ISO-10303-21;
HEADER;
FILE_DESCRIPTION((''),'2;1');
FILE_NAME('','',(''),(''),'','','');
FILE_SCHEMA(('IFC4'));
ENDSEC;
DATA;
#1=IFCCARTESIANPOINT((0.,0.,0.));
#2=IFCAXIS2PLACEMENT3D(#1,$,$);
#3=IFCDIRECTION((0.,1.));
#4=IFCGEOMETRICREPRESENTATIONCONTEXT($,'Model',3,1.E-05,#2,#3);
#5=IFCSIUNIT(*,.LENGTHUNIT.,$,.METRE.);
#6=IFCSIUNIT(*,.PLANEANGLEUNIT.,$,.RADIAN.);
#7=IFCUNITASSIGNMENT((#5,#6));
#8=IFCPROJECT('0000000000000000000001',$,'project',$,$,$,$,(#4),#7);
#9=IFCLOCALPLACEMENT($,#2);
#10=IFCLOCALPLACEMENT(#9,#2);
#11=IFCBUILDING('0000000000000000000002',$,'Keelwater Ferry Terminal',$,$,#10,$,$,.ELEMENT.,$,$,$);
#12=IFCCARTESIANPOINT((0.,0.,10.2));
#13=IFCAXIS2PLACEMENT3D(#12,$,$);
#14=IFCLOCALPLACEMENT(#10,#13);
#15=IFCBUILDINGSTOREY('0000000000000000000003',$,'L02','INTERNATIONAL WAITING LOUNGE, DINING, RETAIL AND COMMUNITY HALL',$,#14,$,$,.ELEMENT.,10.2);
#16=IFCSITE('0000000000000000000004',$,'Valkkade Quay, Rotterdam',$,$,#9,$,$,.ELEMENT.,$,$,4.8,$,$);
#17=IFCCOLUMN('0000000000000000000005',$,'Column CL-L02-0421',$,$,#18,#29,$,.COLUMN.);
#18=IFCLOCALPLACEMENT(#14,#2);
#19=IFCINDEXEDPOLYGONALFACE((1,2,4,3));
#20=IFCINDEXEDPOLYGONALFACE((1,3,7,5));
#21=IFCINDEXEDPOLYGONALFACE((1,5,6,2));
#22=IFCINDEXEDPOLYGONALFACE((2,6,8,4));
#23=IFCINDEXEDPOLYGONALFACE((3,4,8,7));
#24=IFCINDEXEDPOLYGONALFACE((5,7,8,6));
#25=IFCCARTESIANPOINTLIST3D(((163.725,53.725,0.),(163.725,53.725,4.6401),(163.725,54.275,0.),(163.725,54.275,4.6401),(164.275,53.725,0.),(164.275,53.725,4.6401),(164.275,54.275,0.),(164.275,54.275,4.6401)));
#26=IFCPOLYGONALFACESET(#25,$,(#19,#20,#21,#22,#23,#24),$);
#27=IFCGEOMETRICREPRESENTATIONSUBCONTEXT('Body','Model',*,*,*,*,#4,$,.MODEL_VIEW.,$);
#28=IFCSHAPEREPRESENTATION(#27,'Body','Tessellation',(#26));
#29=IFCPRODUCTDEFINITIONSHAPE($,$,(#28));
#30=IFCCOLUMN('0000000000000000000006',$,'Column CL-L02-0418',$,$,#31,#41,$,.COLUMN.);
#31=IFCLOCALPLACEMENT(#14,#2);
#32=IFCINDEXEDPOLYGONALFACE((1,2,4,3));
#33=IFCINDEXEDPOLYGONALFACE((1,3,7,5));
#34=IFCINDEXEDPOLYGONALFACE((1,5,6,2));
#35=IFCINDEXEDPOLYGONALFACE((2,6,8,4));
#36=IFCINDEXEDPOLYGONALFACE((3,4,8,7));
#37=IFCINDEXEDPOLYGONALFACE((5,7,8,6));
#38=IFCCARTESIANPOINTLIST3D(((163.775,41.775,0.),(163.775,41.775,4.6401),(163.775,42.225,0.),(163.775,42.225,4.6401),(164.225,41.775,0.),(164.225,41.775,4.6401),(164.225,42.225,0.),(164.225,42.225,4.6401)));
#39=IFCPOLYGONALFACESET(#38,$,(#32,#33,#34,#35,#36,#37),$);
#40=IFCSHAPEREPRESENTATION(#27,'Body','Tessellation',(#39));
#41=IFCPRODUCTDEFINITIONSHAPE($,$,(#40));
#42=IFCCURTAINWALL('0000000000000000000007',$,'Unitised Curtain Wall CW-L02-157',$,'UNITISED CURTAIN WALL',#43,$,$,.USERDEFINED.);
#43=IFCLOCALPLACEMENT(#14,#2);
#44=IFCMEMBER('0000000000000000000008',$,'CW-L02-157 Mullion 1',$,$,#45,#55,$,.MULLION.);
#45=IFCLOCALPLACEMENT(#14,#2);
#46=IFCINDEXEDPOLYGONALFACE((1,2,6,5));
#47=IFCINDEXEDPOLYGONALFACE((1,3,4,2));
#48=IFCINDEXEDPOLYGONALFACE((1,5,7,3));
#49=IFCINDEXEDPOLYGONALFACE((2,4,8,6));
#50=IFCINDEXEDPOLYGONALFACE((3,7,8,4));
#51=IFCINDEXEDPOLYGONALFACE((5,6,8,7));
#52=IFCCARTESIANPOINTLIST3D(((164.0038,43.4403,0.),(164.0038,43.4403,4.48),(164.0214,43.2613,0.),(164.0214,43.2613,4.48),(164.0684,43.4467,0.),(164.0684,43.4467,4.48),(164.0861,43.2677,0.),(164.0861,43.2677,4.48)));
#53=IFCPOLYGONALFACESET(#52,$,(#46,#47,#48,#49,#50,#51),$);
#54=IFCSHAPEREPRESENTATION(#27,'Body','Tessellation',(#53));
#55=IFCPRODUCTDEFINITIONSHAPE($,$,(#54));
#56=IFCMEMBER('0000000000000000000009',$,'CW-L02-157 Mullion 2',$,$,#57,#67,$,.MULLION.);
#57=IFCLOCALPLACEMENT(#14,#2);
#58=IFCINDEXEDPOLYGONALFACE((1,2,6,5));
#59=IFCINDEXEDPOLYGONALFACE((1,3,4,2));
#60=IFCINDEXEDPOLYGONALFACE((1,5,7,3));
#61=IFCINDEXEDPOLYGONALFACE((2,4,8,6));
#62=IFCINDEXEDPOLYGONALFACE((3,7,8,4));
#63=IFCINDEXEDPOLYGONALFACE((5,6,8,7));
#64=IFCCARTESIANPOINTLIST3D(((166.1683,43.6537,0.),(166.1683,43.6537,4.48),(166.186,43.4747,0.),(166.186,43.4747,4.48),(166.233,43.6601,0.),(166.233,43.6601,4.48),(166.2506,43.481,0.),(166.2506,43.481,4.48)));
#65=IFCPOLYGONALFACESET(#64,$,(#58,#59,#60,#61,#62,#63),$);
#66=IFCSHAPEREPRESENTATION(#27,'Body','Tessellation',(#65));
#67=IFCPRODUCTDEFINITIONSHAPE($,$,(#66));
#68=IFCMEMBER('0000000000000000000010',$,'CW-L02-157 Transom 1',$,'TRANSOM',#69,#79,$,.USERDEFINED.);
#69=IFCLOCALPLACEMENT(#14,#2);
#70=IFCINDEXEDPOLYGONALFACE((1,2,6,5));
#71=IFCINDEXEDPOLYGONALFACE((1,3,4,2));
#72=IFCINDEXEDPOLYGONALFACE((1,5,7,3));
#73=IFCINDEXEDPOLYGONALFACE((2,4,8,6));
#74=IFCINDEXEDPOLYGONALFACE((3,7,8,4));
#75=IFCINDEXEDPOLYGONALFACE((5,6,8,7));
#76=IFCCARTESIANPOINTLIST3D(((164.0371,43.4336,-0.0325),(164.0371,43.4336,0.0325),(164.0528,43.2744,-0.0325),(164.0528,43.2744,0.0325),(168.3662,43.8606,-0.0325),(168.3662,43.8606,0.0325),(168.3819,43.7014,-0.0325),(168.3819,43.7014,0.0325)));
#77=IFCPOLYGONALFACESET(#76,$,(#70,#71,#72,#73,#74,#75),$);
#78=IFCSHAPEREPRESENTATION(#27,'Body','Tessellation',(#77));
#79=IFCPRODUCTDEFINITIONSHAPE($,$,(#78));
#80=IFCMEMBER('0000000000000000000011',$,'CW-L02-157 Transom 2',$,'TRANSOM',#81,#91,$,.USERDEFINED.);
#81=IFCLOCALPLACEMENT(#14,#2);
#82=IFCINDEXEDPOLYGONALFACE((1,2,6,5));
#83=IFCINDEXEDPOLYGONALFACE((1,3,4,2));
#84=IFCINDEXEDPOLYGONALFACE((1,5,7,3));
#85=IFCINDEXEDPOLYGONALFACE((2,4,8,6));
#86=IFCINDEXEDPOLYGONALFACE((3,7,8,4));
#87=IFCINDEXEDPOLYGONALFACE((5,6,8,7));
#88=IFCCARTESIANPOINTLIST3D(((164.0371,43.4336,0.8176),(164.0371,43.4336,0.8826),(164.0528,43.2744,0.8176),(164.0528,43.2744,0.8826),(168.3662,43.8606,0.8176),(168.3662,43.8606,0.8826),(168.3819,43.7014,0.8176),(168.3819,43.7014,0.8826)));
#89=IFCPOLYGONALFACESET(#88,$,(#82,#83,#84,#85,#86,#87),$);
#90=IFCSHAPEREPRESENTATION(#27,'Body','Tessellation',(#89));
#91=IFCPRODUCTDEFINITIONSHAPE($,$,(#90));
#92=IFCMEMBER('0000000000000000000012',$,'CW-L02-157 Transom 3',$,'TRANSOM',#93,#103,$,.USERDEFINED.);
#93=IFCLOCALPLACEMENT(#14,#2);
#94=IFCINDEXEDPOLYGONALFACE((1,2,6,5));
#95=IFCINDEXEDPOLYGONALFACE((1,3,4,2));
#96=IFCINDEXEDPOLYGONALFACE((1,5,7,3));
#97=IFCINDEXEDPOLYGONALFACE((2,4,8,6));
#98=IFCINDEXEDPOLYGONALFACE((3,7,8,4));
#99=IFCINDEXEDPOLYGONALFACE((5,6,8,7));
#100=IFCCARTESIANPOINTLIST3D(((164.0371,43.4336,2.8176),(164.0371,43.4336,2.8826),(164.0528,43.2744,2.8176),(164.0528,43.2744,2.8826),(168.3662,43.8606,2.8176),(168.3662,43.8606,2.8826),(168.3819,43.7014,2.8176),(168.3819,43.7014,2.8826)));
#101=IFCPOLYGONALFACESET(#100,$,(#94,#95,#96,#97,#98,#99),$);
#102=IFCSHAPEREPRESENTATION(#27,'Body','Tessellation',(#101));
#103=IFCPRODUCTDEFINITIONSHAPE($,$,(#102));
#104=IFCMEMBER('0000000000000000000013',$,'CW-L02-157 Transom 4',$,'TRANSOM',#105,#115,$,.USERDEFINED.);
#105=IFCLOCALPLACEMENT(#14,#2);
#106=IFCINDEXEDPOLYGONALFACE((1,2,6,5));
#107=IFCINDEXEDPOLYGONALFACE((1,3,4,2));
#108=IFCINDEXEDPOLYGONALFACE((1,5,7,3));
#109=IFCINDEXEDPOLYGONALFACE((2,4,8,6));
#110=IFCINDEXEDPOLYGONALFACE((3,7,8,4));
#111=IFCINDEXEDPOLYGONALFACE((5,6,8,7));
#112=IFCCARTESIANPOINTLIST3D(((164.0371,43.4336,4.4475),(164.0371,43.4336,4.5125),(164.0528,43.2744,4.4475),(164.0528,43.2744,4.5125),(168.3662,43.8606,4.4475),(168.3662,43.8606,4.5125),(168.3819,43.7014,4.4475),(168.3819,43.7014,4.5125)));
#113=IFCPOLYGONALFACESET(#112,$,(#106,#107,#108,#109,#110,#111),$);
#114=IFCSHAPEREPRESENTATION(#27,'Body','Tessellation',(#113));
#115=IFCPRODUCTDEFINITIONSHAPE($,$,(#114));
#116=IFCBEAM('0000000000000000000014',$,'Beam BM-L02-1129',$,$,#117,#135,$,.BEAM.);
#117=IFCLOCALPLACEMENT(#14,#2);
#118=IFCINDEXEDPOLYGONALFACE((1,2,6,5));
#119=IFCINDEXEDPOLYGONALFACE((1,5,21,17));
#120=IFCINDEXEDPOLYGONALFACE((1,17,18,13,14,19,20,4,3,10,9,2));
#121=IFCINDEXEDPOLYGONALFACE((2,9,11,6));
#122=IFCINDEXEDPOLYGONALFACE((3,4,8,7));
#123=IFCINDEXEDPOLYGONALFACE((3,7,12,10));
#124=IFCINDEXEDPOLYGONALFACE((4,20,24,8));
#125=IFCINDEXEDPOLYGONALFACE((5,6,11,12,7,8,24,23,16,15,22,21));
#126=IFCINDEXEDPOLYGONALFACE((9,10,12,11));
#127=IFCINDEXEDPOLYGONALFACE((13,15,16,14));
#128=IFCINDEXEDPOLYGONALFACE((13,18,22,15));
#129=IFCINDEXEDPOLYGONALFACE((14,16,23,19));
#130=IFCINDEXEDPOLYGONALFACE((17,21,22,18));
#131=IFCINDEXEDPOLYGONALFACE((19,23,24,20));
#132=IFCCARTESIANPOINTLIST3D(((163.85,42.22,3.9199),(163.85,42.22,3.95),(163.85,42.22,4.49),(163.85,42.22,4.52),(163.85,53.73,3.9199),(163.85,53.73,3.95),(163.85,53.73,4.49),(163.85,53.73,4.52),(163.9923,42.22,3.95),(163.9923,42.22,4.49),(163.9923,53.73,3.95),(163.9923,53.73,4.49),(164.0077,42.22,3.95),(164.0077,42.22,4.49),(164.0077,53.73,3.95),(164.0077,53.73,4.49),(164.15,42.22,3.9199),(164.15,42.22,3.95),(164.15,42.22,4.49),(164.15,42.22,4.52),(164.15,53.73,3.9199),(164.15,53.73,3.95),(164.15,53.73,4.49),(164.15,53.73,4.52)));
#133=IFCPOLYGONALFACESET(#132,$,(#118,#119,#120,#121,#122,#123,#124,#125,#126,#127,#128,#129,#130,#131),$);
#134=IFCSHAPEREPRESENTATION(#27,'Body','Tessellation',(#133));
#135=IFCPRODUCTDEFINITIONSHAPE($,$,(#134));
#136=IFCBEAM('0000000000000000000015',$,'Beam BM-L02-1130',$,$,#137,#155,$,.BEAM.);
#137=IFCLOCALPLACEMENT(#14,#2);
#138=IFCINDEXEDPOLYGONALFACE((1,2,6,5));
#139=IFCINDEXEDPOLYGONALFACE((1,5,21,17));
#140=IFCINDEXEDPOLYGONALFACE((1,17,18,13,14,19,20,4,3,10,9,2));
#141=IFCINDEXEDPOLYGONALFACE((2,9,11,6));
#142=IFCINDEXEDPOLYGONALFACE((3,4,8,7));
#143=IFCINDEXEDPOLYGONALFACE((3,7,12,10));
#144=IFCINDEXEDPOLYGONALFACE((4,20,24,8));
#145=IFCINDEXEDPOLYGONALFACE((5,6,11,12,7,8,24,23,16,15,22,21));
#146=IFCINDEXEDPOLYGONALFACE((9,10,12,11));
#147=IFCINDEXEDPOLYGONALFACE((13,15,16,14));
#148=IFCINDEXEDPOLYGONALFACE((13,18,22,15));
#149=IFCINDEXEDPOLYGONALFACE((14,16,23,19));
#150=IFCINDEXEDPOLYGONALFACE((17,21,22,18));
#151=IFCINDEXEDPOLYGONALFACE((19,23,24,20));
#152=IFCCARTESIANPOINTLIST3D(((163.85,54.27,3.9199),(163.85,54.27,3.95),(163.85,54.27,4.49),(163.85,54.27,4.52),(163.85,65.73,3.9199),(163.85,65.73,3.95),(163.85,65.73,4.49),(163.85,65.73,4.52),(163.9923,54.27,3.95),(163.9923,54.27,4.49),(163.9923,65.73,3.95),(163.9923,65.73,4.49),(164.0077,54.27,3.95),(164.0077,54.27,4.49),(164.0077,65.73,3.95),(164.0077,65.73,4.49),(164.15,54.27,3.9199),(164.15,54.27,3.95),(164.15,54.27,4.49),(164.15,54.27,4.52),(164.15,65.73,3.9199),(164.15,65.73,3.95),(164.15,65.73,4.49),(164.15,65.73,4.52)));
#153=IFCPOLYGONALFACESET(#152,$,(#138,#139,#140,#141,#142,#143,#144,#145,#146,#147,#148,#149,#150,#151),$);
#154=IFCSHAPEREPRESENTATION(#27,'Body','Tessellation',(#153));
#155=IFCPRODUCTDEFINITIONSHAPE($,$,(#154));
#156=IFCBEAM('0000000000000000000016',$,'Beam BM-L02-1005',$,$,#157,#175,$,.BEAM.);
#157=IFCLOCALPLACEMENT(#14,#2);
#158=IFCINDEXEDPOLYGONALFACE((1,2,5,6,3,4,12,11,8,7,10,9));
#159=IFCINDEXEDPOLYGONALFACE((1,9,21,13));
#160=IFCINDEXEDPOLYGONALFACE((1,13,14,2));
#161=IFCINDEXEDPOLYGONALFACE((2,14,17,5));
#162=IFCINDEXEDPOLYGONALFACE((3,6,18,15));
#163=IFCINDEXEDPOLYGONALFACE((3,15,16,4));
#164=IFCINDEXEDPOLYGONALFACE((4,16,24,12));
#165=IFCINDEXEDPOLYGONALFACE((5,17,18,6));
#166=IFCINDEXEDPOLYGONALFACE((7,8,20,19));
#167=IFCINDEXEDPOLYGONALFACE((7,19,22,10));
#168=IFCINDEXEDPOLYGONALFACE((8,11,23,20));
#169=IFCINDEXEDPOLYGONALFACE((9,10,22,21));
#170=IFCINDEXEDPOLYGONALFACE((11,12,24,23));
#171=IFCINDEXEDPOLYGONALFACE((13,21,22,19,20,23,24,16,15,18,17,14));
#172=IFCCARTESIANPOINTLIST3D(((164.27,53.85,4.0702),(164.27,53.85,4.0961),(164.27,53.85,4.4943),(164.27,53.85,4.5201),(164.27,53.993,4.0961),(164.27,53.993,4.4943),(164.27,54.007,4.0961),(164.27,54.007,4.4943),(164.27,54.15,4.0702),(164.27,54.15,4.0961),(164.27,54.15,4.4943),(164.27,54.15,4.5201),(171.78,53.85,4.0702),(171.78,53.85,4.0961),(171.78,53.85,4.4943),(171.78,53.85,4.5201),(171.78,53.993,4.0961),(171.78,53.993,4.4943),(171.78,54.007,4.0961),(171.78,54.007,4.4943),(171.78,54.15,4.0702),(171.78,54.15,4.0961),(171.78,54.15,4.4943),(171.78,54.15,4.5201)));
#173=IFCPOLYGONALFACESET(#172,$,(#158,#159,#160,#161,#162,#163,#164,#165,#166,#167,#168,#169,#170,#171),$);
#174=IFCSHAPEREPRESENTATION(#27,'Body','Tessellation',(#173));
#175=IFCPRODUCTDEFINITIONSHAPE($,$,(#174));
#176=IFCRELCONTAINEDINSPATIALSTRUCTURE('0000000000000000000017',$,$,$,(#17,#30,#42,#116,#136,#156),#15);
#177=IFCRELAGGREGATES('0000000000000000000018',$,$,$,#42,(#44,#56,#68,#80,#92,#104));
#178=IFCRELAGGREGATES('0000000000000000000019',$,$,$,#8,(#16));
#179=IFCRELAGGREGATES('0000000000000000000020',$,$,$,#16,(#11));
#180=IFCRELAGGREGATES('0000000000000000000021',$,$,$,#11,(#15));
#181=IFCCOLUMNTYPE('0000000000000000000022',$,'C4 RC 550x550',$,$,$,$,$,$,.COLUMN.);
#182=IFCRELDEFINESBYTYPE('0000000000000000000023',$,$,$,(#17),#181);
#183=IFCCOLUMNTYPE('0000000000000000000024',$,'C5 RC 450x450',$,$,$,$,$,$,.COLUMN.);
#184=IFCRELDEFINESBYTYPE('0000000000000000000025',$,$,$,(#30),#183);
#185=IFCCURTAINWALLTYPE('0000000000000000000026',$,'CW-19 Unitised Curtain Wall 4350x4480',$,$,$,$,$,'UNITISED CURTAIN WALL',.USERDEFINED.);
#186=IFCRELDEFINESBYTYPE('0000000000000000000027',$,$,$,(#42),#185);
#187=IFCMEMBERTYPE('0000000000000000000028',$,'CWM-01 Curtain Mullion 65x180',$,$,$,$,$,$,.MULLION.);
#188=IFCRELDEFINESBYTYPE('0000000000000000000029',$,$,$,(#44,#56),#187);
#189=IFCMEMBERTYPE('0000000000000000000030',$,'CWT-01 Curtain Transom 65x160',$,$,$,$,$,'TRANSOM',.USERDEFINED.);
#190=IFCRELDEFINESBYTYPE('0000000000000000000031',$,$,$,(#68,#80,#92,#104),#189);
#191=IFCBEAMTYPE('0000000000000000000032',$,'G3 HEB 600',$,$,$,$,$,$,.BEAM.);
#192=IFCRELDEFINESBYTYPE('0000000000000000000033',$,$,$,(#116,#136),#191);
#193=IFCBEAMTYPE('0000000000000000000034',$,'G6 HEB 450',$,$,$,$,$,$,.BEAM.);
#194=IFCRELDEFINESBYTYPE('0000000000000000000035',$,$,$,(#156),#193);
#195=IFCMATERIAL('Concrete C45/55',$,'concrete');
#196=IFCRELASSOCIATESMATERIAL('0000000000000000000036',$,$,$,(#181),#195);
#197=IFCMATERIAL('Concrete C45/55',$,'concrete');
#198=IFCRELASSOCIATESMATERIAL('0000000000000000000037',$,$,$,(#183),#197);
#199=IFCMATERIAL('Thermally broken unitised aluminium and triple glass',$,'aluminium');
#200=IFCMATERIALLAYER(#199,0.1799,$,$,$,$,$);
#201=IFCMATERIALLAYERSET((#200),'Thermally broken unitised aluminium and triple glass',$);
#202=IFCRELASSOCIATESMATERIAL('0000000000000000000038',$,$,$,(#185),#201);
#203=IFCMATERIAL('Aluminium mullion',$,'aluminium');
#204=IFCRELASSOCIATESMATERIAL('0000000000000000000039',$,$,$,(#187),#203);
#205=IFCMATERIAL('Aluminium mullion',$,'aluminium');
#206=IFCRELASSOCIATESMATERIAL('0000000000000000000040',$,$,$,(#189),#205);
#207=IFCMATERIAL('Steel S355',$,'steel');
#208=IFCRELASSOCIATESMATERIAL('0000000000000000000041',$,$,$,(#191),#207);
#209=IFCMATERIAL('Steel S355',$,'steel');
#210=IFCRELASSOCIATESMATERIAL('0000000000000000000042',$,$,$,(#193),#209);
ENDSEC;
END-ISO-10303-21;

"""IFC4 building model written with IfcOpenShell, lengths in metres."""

from ifc_helpers import new_model, si_unit, direction, frame, origin, origin_2d, place, context, subcontext, project, spatial, rectangle, i_section, extrude, material, layer, layer_set, material_profile, profile_set, type_object, element, aggregate, save


model = new_model("IFC4")

# Units and contexts
model_context = context("Model", 3, precision=1e-05, world=origin(), true_north=direction((0.0, 1.0)))
body_context = subcontext(model_context, "Body", "Model", "MODEL_VIEW")
ifc_project = project(units=[si_unit("LENGTHUNIT", "METRE"), si_unit("PLANEANGLEUNIT", "RADIAN")], contexts=[model_context])

# Site, building, storey
site_placement = place(None, origin())
site = spatial("IfcSite", under=ifc_project, at=site_placement, Name="Valkkade Quay, Rotterdam", CompositionType="ELEMENT", RefElevation=4.8)
building_placement = place(site_placement, origin())
building = spatial("IfcBuilding", under=site, at=building_placement, Name="Keelwater Ferry Terminal", CompositionType="ELEMENT")
storey_placement = place(building_placement, frame((0.0, 0.0, 10.2)))
storey = spatial("IfcBuildingStorey", under=building, at=storey_placement, Name="L02", Description="INTERNATIONAL WAITING LOUNGE, DINING, RETAIL AND COMMUNITY HALL", CompositionType="ELEMENT", Elevation=10.2)

# Columns
ifc_material_1 = material(Name="Concrete C45/55", Category="concrete")
ifc_material_profile_1 = material_profile(ifc_material_1, rectangle(XDim=0.55, YDim=0.55, at=origin_2d()), Name="RC 550x550")
ifc_profile_set_1 = profile_set([ifc_material_profile_1], Name="Concrete C45/55")
column_type_1 = type_object("IfcColumnType", Name="C4 RC 550x550", PredefinedType="COLUMN", material=ifc_profile_set_1)
column_1_placement = place(storey_placement, frame((164.0, 54.0, 0.0), z_axis=(0.0, 0.0, 1.0), x_axis=(1.0, 0.0, 0.0)))
element("IfcColumn", 1, at=column_1_placement, inside=storey, type_object=column_type_1, Name="Column CL-L02-0421", PredefinedType="COLUMN", context=body_context, shape_type="SweptSolid", body=[
    extrude(rectangle(XDim=0.55, YDim=0.55, at=origin_2d()), origin(), (0.0, 0.0, 1.0), 4.6401),
])
ifc_material_2 = material(Name="Concrete C45/55", Category="concrete")
ifc_material_profile_2 = material_profile(ifc_material_2, rectangle(XDim=0.45, YDim=0.45, at=origin_2d()), Name="RC 450x450")
ifc_profile_set_2 = profile_set([ifc_material_profile_2], Name="Concrete C45/55")
column_type_2 = type_object("IfcColumnType", Name="C5 RC 450x450", PredefinedType="COLUMN", material=ifc_profile_set_2)
column_2_placement = place(storey_placement, frame((164.0, 42.0, 0.0), z_axis=(0.0, 0.0, 1.0), x_axis=(1.0, 0.0, 0.0)))
element("IfcColumn", 2, at=column_2_placement, inside=storey, type_object=column_type_2, Name="Column CL-L02-0418", PredefinedType="COLUMN", context=body_context, shape_type="SweptSolid", body=[
    extrude(rectangle(XDim=0.45, YDim=0.45, at=origin_2d()), origin(), (0.0, 0.0, 1.0), 4.6401),
])

# Curtain wall, members
ifc_material_3 = material(Name="Thermally broken unitised aluminium and triple glass", Category="aluminium")
ifc_layer_1 = layer(ifc_material_3, 0.1799)
ifc_layer_set_1 = layer_set([ifc_layer_1], Name="Thermally broken unitised aluminium and triple glass")
curtain_wall_type = type_object("IfcCurtainWallType", Name="CW-19 Unitised Curtain Wall 4350x4480", ElementType="UNITISED CURTAIN WALL", PredefinedType="USERDEFINED", material=ifc_layer_set_1)
curtain_wall_placement = place(storey_placement, origin())
curtain_wall = element("IfcCurtainWall", 3, at=curtain_wall_placement, inside=storey, type_object=curtain_wall_type, Name="Unitised Curtain Wall CW-L02-157", ObjectType="UNITISED CURTAIN WALL", PredefinedType="USERDEFINED")
ifc_material_4 = material(Name="Aluminium mullion", Category="aluminium")
ifc_material_profile_3 = material_profile(ifc_material_4, rectangle(XDim=0.0649, YDim=0.1799, at=origin_2d()), Name="CWM-01")
ifc_profile_set_3 = profile_set([ifc_material_profile_3], Name="Aluminium mullion")
member_type_1 = type_object("IfcMemberType", Name="CWM-01 Curtain Mullion 65x180", PredefinedType="MULLION", material=ifc_profile_set_3)
member_1_placement = place(storey_placement, frame((164.0449, 43.354, 0.0), z_axis=(0.0, 0.0, 1.0), x_axis=(0.995171, 0.098161, 0.0)))
member_1 = element("IfcMember", 4, at=member_1_placement, type_object=member_type_1, Name="CW-L02-157 Mullion 1", PredefinedType="MULLION", context=body_context, shape_type="SweptSolid", body=[
    extrude(rectangle(XDim=0.0649, YDim=0.1799, at=origin_2d()), origin(), (0.0, 0.0, 1.0), 4.48),
])
member_2_placement = place(storey_placement, frame((166.2095, 43.5674, 0.0), z_axis=(0.0, 0.0, 1.0), x_axis=(0.995171, 0.098161, 0.0)))
member_2 = element("IfcMember", 5, at=member_2_placement, type_object=member_type_1, Name="CW-L02-157 Mullion 2", PredefinedType="MULLION", context=body_context, shape_type="SweptSolid", body=[
    extrude(rectangle(XDim=0.0649, YDim=0.1799, at=origin_2d()), origin(), (0.0, 0.0, 1.0), 4.48),
])
ifc_material_5 = material(Name="Aluminium mullion", Category="aluminium")
ifc_material_profile_4 = material_profile(ifc_material_5, rectangle(XDim=0.1599, YDim=0.0649, at=origin_2d()), Name="CWT-01")
ifc_profile_set_4 = profile_set([ifc_material_profile_4], Name="Aluminium mullion")
member_type_2 = type_object("IfcMemberType", Name="CWT-01 Curtain Transom 65x160", ElementType="TRANSOM", PredefinedType="USERDEFINED", material=ifc_profile_set_4)
member_3_placement = place(storey_placement, frame((164.0449, 43.354, 0.0), z_axis=(0.995171, 0.098159, 0.0), x_axis=(-0.098159, 0.995171, 0.0)))
member_3 = element("IfcMember", 6, at=member_3_placement, type_object=member_type_2, Name="CW-L02-157 Transom 1", ObjectType="TRANSOM", PredefinedType="USERDEFINED", context=body_context, shape_type="SweptSolid", body=[
    extrude(rectangle(XDim=0.1599, YDim=0.0649, at=origin_2d()), origin(), (0.0, 0.0, 1.0), 4.3501),
])
member_4_placement = place(storey_placement, frame((164.0449, 43.354, 0.8501), z_axis=(0.995171, 0.098159, 0.0), x_axis=(-0.098159, 0.995171, 0.0)))
member_4 = element("IfcMember", 7, at=member_4_placement, type_object=member_type_2, Name="CW-L02-157 Transom 2", ObjectType="TRANSOM", PredefinedType="USERDEFINED", context=body_context, shape_type="SweptSolid", body=[
    extrude(rectangle(XDim=0.1599, YDim=0.0649, at=origin_2d()), origin(), (0.0, 0.0, 1.0), 4.3501),
])
member_5_placement = place(storey_placement, frame((164.0449, 43.354, 2.8501), z_axis=(0.995171, 0.098159, 0.0), x_axis=(-0.098159, 0.995171, 0.0)))
member_5 = element("IfcMember", 8, at=member_5_placement, type_object=member_type_2, Name="CW-L02-157 Transom 3", ObjectType="TRANSOM", PredefinedType="USERDEFINED", context=body_context, shape_type="SweptSolid", body=[
    extrude(rectangle(XDim=0.1599, YDim=0.0649, at=origin_2d()), origin(), (0.0, 0.0, 1.0), 4.3501),
])
member_6_placement = place(storey_placement, frame((164.0449, 43.354, 4.48), z_axis=(0.995171, 0.098159, 0.0), x_axis=(-0.098159, 0.995171, 0.0)))
member_6 = element("IfcMember", 9, at=member_6_placement, type_object=member_type_2, Name="CW-L02-157 Transom 4", ObjectType="TRANSOM", PredefinedType="USERDEFINED", context=body_context, shape_type="SweptSolid", body=[
    extrude(rectangle(XDim=0.1599, YDim=0.0649, at=origin_2d()), origin(), (0.0, 0.0, 1.0), 4.3501),
])

# Beams
ifc_material_6 = material(Name="Steel S355", Category="steel")
ifc_material_profile_5 = material_profile(ifc_material_6, i_section(OverallWidth=0.3, OverallDepth=0.6001, WebThickness=0.0154, FlangeThickness=0.03, at=origin_2d()), Name="HEB 600")
ifc_profile_set_5 = profile_set([ifc_material_profile_5], Name="Steel S355")
beam_type_1 = type_object("IfcBeamType", Name="G3 HEB 600", PredefinedType="BEAM", material=ifc_profile_set_5)
beam_1_placement = place(storey_placement, frame((164.0, 42.22, 4.22), z_axis=(0.0, 1.0, 0.0), x_axis=(-1.0, 0.0, 0.0)))
element("IfcBeam", 10, at=beam_1_placement, inside=storey, type_object=beam_type_1, Name="Beam BM-L02-1129", PredefinedType="BEAM", context=body_context, shape_type="SweptSolid", body=[
    extrude(i_section(OverallWidth=0.3, OverallDepth=0.6001, WebThickness=0.0154, FlangeThickness=0.03, at=origin_2d()), origin(), (0.0, 0.0, 1.0), 11.51),
])
beam_2_placement = place(storey_placement, frame((164.0, 54.27, 4.22), z_axis=(0.0, 1.0, 0.0), x_axis=(-1.0, 0.0, 0.0)))
element("IfcBeam", 11, at=beam_2_placement, inside=storey, type_object=beam_type_1, Name="Beam BM-L02-1130", PredefinedType="BEAM", context=body_context, shape_type="SweptSolid", body=[
    extrude(i_section(OverallWidth=0.3, OverallDepth=0.6001, WebThickness=0.0154, FlangeThickness=0.03, at=origin_2d()), origin(), (0.0, 0.0, 1.0), 11.46),
])
ifc_material_7 = material(Name="Steel S355", Category="steel")
ifc_material_profile_6 = material_profile(ifc_material_7, i_section(OverallWidth=0.3, OverallDepth=0.45, WebThickness=0.0139, FlangeThickness=0.0259, at=origin_2d()), Name="HEB 450")
ifc_profile_set_6 = profile_set([ifc_material_profile_6], Name="Steel S355")
beam_type_2 = type_object("IfcBeamType", Name="G6 HEB 450", PredefinedType="BEAM", material=ifc_profile_set_6)
beam_3_placement = place(storey_placement, frame((164.27, 54.0, 4.2952), z_axis=(1.0, 0.0, 0.0), x_axis=(0.0, 1.0, 0.0)))
element("IfcBeam", 12, at=beam_3_placement, inside=storey, type_object=beam_type_2, Name="Beam BM-L02-1005", PredefinedType="BEAM", context=body_context, shape_type="SweptSolid", body=[
    extrude(i_section(OverallWidth=0.3, OverallDepth=0.45, WebThickness=0.0139, FlangeThickness=0.0259, at=origin_2d()), origin(), (0.0, 0.0, 1.0), 7.51),
])

aggregate(curtain_wall, [member_1, member_2, member_3, member_4, member_5, member_6])

save(model, "model.ifc")
